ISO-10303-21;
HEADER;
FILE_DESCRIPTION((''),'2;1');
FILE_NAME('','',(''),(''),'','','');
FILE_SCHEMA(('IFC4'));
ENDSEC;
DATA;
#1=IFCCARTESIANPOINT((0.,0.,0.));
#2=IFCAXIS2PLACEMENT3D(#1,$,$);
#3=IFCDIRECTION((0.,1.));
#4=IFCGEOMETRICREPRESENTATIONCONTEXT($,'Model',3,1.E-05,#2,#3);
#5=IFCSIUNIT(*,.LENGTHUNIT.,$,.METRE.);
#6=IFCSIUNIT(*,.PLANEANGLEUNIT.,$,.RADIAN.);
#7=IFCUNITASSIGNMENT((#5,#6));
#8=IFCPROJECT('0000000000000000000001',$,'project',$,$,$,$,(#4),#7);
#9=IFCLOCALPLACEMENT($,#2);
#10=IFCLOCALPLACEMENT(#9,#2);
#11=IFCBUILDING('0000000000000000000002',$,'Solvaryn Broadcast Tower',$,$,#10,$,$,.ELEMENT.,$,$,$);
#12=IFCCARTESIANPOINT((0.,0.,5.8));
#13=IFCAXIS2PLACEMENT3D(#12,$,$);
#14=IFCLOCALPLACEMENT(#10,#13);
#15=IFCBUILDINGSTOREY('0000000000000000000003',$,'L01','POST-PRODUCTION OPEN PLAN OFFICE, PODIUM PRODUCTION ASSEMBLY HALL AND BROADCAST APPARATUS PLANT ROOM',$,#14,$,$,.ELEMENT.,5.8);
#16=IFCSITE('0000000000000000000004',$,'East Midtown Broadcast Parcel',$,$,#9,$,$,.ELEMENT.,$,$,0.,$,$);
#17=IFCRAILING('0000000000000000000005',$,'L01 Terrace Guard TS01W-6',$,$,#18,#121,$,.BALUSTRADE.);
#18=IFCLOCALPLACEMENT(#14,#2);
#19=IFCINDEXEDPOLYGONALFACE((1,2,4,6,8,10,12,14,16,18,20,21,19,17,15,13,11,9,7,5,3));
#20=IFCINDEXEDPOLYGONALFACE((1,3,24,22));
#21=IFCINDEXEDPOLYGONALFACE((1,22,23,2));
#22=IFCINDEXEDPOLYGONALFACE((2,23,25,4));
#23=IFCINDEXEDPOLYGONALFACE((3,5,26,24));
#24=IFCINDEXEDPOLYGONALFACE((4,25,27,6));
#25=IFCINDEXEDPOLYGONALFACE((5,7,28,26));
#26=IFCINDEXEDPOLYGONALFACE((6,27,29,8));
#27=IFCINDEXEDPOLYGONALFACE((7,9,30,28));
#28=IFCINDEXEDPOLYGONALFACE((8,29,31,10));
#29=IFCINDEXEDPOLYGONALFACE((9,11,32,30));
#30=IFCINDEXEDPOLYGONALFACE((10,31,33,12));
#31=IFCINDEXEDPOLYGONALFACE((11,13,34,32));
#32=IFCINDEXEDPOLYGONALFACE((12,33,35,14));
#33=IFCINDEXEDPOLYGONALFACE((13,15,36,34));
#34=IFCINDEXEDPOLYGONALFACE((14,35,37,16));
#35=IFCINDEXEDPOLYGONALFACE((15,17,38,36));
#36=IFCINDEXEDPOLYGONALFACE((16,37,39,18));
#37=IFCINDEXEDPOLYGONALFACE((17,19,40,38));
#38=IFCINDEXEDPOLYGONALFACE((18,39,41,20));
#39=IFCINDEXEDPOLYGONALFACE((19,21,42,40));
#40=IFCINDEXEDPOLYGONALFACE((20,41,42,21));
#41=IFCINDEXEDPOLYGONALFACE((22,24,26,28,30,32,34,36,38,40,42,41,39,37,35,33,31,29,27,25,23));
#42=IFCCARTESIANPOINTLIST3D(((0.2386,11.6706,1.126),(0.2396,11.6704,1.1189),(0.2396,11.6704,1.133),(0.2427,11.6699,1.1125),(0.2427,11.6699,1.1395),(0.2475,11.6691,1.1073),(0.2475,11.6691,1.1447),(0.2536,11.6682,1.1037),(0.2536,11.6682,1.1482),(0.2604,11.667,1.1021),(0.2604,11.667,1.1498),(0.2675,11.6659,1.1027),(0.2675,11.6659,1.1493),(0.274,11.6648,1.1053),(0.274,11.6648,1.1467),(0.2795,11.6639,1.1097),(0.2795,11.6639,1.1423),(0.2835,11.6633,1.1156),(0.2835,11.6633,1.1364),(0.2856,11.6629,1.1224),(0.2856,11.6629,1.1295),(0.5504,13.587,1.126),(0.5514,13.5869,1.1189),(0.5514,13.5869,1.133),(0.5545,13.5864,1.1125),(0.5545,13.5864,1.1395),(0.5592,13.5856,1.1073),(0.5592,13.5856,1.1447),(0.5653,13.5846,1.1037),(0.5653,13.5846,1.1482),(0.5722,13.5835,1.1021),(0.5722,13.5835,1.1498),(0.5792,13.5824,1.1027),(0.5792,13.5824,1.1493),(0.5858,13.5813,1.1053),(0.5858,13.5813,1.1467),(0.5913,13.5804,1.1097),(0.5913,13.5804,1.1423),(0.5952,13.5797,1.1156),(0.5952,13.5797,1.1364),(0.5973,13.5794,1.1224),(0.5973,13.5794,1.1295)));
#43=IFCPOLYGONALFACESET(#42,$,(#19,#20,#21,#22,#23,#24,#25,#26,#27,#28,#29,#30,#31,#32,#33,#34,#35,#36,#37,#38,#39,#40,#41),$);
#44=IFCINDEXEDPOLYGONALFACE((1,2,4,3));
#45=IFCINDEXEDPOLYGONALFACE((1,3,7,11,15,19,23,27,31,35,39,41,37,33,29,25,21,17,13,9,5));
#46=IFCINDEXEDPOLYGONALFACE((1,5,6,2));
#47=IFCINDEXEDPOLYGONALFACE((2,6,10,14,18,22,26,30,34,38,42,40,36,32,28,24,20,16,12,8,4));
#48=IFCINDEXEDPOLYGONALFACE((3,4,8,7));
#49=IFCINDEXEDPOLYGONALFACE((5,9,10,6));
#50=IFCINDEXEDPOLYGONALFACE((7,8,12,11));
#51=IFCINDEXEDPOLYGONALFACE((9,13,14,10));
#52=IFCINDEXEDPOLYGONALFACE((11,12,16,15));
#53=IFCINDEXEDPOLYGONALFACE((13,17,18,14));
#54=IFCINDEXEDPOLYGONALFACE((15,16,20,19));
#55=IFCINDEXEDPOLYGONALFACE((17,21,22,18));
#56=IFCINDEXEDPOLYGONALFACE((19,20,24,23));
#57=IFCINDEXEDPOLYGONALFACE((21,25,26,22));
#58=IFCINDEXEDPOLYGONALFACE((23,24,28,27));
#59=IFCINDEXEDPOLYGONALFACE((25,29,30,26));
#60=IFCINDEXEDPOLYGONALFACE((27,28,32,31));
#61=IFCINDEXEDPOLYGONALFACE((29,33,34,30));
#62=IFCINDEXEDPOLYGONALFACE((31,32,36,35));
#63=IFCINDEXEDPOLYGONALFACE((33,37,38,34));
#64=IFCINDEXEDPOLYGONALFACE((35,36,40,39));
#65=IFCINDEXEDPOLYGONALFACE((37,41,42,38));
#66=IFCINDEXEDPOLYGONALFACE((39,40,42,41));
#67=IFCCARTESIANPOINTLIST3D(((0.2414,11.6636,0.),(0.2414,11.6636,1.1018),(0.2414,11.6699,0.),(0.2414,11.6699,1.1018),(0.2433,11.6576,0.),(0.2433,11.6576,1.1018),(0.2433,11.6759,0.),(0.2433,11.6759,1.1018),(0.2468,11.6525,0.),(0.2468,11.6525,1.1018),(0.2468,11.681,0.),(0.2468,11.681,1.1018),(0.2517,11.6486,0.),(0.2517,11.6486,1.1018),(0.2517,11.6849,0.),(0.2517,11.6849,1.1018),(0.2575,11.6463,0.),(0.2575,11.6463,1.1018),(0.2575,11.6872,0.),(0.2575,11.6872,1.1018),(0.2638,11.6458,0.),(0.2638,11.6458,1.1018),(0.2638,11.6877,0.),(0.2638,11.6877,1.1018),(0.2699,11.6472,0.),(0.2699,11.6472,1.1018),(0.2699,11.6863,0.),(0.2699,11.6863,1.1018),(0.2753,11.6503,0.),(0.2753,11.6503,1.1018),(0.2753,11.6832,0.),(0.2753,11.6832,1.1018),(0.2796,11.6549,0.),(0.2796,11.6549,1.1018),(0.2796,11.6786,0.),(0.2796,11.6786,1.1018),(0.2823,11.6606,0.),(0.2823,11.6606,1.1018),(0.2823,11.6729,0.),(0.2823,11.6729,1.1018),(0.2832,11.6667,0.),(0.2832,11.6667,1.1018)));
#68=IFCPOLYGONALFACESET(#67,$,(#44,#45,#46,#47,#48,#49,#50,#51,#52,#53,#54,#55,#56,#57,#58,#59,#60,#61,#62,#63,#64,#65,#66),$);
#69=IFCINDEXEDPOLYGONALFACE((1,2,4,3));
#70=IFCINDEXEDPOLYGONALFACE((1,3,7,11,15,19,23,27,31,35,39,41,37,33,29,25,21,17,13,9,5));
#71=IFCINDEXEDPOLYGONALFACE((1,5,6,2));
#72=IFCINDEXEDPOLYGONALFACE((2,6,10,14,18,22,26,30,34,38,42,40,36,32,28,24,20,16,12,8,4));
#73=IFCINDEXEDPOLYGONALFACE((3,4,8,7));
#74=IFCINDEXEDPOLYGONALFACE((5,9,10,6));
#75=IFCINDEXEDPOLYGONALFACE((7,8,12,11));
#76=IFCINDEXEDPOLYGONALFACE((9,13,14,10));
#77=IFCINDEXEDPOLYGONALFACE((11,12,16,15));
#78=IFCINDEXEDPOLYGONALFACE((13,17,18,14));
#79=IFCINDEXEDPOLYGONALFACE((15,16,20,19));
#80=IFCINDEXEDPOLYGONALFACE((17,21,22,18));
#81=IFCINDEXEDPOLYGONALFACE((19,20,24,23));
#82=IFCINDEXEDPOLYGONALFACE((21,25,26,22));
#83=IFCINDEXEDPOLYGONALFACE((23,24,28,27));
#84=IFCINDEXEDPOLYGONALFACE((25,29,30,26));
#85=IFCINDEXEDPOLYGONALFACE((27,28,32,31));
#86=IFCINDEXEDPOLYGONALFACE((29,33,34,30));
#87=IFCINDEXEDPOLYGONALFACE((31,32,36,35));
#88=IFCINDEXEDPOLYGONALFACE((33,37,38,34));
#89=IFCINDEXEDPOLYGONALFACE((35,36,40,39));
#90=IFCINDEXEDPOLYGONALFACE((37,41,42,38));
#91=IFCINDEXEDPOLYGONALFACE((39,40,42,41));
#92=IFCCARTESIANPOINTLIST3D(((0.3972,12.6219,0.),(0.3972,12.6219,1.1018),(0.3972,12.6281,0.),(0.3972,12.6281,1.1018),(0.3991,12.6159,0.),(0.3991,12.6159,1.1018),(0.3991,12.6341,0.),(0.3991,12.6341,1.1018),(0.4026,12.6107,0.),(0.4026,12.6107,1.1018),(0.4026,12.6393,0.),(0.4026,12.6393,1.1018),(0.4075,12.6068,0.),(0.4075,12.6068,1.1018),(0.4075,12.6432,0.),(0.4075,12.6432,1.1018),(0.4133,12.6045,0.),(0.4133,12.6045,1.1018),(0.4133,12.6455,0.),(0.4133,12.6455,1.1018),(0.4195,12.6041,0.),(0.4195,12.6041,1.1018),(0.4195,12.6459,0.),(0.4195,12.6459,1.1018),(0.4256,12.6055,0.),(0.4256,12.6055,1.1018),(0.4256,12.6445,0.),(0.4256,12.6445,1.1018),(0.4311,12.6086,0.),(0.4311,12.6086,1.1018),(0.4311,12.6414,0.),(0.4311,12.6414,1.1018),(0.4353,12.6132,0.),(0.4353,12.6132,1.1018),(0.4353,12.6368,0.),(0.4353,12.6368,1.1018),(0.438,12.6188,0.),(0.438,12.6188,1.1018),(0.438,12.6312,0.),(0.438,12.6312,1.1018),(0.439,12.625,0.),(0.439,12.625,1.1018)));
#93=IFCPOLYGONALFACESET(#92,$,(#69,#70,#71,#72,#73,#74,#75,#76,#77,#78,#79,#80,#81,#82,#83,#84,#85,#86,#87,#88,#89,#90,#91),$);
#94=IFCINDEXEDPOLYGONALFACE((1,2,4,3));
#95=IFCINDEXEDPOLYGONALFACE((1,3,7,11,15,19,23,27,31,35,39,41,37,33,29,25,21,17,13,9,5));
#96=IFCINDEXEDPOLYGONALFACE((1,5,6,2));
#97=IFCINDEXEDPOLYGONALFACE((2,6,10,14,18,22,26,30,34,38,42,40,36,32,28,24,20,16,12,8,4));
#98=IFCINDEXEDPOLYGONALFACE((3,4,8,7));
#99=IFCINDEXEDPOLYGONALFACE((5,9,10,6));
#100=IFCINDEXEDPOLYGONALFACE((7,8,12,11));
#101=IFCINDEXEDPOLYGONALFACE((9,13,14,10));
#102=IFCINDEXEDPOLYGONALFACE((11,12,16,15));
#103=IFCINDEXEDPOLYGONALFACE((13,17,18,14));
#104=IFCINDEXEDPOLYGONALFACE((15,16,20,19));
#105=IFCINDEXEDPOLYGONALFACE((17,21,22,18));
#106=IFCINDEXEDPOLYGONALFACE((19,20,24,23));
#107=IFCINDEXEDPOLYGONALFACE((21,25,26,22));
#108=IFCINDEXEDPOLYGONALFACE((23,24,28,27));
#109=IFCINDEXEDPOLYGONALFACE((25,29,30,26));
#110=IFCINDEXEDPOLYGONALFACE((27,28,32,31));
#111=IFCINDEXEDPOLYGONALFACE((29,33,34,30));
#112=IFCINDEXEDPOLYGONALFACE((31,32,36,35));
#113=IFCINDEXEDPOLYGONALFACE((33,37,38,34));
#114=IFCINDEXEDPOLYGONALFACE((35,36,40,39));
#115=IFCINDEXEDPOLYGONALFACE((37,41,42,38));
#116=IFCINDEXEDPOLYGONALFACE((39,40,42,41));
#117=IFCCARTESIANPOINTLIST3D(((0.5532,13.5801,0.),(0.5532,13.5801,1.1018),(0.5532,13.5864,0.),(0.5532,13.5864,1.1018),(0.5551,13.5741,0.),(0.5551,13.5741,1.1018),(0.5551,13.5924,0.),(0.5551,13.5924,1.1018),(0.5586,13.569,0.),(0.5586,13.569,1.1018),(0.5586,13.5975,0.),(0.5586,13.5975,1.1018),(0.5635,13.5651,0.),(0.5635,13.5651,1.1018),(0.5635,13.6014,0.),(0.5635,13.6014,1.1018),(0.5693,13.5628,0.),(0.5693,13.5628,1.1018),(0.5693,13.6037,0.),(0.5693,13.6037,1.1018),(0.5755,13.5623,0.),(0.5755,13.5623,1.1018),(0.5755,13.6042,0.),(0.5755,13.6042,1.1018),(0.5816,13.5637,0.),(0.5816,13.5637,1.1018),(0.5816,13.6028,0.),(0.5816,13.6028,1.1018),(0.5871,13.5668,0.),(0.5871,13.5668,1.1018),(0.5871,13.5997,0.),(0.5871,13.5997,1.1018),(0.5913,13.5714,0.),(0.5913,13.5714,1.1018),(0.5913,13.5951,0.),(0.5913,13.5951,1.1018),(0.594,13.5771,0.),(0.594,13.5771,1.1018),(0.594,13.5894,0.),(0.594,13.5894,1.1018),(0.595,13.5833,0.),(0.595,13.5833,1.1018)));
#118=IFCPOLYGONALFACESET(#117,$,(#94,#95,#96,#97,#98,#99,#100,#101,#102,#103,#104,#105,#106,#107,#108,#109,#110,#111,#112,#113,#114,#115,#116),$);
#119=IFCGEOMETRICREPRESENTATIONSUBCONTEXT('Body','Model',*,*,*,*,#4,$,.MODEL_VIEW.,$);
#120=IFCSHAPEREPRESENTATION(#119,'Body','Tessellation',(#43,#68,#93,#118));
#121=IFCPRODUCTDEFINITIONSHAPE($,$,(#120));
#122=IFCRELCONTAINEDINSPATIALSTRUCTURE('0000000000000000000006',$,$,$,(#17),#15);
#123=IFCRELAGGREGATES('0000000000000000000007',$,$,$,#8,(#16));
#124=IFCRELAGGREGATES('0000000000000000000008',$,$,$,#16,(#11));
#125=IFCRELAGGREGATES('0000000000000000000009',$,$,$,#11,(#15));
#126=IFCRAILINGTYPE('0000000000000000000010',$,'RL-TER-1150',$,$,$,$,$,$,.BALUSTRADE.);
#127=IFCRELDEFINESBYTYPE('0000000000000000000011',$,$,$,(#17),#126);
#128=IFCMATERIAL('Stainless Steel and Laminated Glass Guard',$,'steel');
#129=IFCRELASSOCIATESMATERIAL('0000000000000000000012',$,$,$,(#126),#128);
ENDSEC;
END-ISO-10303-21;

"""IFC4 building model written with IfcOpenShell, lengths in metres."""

from ifc_helpers import new_model, si_unit, direction, frame, origin, origin_2d, place, context, subcontext, project, spatial, circle, extrude, material, type_object, element, save


model = new_model("IFC4")

# Units and contexts
model_context = context("Model", 3, precision=1e-05, world=origin(), true_north=direction((0.0, 1.0)))
body_context = subcontext(model_context, "Body", "Model", "MODEL_VIEW")
ifc_project = project(units=[si_unit("LENGTHUNIT", "METRE"), si_unit("PLANEANGLEUNIT", "RADIAN")], contexts=[model_context])

# Site, building, storey
site_placement = place(None, origin())
site = spatial("IfcSite", under=ifc_project, at=site_placement, Name="East Midtown Broadcast Parcel", CompositionType="ELEMENT", RefElevation=0.0)
building_placement = place(site_placement, origin())
building = spatial("IfcBuilding", under=site, at=building_placement, Name="Solvaryn Broadcast Tower", CompositionType="ELEMENT")
storey_placement = place(building_placement, frame((0.0, 0.0, 5.8)))
storey = spatial("IfcBuildingStorey", under=building, at=storey_placement, Name="L01", Description="POST-PRODUCTION OPEN PLAN OFFICE, PODIUM PRODUCTION ASSEMBLY HALL AND BROADCAST APPARATUS PLANT ROOM", CompositionType="ELEMENT", Elevation=5.8)

# Railing
ifc_material_1 = material(Name="Stainless Steel and Laminated Glass Guard", Category="steel")
railing_type = type_object("IfcRailingType", Name="RL-TER-1150", PredefinedType="BALUSTRADE", material=ifc_material_1)
railing_1_placement = place(storey_placement, frame((0.2622, 11.6667, 0.0)))
element("IfcRailing", 1, at=railing_1_placement, inside=storey, type_object=railing_type, Name="L01 Terrace Guard TS01W-6", PredefinedType="BALUSTRADE", context=body_context, shape_type="SweptSolid", body=[
    extrude(circle(Radius=0.0239, at=origin_2d()), frame((0.0, 0.0, 1.126), z_axis=(0.160565, 0.987025, 0.0), x_axis=(-0.987025, 0.160565, 0.0)), (0.0, 0.0, 1.0), 1.9417),
    extrude(circle(Radius=0.021, at=origin_2d()), origin(), (0.0, 0.0, 1.0), 1.1018),
    extrude(circle(Radius=0.021, at=origin_2d()), frame((0.1558, 0.9583, 0.0)), (0.0, 0.0, 1.0), 1.1018),
    extrude(circle(Radius=0.021, at=origin_2d()), frame((0.3118, 1.9165, 0.0)), (0.0, 0.0, 1.0), 1.1018),
])

save(model, "model.ifc")
